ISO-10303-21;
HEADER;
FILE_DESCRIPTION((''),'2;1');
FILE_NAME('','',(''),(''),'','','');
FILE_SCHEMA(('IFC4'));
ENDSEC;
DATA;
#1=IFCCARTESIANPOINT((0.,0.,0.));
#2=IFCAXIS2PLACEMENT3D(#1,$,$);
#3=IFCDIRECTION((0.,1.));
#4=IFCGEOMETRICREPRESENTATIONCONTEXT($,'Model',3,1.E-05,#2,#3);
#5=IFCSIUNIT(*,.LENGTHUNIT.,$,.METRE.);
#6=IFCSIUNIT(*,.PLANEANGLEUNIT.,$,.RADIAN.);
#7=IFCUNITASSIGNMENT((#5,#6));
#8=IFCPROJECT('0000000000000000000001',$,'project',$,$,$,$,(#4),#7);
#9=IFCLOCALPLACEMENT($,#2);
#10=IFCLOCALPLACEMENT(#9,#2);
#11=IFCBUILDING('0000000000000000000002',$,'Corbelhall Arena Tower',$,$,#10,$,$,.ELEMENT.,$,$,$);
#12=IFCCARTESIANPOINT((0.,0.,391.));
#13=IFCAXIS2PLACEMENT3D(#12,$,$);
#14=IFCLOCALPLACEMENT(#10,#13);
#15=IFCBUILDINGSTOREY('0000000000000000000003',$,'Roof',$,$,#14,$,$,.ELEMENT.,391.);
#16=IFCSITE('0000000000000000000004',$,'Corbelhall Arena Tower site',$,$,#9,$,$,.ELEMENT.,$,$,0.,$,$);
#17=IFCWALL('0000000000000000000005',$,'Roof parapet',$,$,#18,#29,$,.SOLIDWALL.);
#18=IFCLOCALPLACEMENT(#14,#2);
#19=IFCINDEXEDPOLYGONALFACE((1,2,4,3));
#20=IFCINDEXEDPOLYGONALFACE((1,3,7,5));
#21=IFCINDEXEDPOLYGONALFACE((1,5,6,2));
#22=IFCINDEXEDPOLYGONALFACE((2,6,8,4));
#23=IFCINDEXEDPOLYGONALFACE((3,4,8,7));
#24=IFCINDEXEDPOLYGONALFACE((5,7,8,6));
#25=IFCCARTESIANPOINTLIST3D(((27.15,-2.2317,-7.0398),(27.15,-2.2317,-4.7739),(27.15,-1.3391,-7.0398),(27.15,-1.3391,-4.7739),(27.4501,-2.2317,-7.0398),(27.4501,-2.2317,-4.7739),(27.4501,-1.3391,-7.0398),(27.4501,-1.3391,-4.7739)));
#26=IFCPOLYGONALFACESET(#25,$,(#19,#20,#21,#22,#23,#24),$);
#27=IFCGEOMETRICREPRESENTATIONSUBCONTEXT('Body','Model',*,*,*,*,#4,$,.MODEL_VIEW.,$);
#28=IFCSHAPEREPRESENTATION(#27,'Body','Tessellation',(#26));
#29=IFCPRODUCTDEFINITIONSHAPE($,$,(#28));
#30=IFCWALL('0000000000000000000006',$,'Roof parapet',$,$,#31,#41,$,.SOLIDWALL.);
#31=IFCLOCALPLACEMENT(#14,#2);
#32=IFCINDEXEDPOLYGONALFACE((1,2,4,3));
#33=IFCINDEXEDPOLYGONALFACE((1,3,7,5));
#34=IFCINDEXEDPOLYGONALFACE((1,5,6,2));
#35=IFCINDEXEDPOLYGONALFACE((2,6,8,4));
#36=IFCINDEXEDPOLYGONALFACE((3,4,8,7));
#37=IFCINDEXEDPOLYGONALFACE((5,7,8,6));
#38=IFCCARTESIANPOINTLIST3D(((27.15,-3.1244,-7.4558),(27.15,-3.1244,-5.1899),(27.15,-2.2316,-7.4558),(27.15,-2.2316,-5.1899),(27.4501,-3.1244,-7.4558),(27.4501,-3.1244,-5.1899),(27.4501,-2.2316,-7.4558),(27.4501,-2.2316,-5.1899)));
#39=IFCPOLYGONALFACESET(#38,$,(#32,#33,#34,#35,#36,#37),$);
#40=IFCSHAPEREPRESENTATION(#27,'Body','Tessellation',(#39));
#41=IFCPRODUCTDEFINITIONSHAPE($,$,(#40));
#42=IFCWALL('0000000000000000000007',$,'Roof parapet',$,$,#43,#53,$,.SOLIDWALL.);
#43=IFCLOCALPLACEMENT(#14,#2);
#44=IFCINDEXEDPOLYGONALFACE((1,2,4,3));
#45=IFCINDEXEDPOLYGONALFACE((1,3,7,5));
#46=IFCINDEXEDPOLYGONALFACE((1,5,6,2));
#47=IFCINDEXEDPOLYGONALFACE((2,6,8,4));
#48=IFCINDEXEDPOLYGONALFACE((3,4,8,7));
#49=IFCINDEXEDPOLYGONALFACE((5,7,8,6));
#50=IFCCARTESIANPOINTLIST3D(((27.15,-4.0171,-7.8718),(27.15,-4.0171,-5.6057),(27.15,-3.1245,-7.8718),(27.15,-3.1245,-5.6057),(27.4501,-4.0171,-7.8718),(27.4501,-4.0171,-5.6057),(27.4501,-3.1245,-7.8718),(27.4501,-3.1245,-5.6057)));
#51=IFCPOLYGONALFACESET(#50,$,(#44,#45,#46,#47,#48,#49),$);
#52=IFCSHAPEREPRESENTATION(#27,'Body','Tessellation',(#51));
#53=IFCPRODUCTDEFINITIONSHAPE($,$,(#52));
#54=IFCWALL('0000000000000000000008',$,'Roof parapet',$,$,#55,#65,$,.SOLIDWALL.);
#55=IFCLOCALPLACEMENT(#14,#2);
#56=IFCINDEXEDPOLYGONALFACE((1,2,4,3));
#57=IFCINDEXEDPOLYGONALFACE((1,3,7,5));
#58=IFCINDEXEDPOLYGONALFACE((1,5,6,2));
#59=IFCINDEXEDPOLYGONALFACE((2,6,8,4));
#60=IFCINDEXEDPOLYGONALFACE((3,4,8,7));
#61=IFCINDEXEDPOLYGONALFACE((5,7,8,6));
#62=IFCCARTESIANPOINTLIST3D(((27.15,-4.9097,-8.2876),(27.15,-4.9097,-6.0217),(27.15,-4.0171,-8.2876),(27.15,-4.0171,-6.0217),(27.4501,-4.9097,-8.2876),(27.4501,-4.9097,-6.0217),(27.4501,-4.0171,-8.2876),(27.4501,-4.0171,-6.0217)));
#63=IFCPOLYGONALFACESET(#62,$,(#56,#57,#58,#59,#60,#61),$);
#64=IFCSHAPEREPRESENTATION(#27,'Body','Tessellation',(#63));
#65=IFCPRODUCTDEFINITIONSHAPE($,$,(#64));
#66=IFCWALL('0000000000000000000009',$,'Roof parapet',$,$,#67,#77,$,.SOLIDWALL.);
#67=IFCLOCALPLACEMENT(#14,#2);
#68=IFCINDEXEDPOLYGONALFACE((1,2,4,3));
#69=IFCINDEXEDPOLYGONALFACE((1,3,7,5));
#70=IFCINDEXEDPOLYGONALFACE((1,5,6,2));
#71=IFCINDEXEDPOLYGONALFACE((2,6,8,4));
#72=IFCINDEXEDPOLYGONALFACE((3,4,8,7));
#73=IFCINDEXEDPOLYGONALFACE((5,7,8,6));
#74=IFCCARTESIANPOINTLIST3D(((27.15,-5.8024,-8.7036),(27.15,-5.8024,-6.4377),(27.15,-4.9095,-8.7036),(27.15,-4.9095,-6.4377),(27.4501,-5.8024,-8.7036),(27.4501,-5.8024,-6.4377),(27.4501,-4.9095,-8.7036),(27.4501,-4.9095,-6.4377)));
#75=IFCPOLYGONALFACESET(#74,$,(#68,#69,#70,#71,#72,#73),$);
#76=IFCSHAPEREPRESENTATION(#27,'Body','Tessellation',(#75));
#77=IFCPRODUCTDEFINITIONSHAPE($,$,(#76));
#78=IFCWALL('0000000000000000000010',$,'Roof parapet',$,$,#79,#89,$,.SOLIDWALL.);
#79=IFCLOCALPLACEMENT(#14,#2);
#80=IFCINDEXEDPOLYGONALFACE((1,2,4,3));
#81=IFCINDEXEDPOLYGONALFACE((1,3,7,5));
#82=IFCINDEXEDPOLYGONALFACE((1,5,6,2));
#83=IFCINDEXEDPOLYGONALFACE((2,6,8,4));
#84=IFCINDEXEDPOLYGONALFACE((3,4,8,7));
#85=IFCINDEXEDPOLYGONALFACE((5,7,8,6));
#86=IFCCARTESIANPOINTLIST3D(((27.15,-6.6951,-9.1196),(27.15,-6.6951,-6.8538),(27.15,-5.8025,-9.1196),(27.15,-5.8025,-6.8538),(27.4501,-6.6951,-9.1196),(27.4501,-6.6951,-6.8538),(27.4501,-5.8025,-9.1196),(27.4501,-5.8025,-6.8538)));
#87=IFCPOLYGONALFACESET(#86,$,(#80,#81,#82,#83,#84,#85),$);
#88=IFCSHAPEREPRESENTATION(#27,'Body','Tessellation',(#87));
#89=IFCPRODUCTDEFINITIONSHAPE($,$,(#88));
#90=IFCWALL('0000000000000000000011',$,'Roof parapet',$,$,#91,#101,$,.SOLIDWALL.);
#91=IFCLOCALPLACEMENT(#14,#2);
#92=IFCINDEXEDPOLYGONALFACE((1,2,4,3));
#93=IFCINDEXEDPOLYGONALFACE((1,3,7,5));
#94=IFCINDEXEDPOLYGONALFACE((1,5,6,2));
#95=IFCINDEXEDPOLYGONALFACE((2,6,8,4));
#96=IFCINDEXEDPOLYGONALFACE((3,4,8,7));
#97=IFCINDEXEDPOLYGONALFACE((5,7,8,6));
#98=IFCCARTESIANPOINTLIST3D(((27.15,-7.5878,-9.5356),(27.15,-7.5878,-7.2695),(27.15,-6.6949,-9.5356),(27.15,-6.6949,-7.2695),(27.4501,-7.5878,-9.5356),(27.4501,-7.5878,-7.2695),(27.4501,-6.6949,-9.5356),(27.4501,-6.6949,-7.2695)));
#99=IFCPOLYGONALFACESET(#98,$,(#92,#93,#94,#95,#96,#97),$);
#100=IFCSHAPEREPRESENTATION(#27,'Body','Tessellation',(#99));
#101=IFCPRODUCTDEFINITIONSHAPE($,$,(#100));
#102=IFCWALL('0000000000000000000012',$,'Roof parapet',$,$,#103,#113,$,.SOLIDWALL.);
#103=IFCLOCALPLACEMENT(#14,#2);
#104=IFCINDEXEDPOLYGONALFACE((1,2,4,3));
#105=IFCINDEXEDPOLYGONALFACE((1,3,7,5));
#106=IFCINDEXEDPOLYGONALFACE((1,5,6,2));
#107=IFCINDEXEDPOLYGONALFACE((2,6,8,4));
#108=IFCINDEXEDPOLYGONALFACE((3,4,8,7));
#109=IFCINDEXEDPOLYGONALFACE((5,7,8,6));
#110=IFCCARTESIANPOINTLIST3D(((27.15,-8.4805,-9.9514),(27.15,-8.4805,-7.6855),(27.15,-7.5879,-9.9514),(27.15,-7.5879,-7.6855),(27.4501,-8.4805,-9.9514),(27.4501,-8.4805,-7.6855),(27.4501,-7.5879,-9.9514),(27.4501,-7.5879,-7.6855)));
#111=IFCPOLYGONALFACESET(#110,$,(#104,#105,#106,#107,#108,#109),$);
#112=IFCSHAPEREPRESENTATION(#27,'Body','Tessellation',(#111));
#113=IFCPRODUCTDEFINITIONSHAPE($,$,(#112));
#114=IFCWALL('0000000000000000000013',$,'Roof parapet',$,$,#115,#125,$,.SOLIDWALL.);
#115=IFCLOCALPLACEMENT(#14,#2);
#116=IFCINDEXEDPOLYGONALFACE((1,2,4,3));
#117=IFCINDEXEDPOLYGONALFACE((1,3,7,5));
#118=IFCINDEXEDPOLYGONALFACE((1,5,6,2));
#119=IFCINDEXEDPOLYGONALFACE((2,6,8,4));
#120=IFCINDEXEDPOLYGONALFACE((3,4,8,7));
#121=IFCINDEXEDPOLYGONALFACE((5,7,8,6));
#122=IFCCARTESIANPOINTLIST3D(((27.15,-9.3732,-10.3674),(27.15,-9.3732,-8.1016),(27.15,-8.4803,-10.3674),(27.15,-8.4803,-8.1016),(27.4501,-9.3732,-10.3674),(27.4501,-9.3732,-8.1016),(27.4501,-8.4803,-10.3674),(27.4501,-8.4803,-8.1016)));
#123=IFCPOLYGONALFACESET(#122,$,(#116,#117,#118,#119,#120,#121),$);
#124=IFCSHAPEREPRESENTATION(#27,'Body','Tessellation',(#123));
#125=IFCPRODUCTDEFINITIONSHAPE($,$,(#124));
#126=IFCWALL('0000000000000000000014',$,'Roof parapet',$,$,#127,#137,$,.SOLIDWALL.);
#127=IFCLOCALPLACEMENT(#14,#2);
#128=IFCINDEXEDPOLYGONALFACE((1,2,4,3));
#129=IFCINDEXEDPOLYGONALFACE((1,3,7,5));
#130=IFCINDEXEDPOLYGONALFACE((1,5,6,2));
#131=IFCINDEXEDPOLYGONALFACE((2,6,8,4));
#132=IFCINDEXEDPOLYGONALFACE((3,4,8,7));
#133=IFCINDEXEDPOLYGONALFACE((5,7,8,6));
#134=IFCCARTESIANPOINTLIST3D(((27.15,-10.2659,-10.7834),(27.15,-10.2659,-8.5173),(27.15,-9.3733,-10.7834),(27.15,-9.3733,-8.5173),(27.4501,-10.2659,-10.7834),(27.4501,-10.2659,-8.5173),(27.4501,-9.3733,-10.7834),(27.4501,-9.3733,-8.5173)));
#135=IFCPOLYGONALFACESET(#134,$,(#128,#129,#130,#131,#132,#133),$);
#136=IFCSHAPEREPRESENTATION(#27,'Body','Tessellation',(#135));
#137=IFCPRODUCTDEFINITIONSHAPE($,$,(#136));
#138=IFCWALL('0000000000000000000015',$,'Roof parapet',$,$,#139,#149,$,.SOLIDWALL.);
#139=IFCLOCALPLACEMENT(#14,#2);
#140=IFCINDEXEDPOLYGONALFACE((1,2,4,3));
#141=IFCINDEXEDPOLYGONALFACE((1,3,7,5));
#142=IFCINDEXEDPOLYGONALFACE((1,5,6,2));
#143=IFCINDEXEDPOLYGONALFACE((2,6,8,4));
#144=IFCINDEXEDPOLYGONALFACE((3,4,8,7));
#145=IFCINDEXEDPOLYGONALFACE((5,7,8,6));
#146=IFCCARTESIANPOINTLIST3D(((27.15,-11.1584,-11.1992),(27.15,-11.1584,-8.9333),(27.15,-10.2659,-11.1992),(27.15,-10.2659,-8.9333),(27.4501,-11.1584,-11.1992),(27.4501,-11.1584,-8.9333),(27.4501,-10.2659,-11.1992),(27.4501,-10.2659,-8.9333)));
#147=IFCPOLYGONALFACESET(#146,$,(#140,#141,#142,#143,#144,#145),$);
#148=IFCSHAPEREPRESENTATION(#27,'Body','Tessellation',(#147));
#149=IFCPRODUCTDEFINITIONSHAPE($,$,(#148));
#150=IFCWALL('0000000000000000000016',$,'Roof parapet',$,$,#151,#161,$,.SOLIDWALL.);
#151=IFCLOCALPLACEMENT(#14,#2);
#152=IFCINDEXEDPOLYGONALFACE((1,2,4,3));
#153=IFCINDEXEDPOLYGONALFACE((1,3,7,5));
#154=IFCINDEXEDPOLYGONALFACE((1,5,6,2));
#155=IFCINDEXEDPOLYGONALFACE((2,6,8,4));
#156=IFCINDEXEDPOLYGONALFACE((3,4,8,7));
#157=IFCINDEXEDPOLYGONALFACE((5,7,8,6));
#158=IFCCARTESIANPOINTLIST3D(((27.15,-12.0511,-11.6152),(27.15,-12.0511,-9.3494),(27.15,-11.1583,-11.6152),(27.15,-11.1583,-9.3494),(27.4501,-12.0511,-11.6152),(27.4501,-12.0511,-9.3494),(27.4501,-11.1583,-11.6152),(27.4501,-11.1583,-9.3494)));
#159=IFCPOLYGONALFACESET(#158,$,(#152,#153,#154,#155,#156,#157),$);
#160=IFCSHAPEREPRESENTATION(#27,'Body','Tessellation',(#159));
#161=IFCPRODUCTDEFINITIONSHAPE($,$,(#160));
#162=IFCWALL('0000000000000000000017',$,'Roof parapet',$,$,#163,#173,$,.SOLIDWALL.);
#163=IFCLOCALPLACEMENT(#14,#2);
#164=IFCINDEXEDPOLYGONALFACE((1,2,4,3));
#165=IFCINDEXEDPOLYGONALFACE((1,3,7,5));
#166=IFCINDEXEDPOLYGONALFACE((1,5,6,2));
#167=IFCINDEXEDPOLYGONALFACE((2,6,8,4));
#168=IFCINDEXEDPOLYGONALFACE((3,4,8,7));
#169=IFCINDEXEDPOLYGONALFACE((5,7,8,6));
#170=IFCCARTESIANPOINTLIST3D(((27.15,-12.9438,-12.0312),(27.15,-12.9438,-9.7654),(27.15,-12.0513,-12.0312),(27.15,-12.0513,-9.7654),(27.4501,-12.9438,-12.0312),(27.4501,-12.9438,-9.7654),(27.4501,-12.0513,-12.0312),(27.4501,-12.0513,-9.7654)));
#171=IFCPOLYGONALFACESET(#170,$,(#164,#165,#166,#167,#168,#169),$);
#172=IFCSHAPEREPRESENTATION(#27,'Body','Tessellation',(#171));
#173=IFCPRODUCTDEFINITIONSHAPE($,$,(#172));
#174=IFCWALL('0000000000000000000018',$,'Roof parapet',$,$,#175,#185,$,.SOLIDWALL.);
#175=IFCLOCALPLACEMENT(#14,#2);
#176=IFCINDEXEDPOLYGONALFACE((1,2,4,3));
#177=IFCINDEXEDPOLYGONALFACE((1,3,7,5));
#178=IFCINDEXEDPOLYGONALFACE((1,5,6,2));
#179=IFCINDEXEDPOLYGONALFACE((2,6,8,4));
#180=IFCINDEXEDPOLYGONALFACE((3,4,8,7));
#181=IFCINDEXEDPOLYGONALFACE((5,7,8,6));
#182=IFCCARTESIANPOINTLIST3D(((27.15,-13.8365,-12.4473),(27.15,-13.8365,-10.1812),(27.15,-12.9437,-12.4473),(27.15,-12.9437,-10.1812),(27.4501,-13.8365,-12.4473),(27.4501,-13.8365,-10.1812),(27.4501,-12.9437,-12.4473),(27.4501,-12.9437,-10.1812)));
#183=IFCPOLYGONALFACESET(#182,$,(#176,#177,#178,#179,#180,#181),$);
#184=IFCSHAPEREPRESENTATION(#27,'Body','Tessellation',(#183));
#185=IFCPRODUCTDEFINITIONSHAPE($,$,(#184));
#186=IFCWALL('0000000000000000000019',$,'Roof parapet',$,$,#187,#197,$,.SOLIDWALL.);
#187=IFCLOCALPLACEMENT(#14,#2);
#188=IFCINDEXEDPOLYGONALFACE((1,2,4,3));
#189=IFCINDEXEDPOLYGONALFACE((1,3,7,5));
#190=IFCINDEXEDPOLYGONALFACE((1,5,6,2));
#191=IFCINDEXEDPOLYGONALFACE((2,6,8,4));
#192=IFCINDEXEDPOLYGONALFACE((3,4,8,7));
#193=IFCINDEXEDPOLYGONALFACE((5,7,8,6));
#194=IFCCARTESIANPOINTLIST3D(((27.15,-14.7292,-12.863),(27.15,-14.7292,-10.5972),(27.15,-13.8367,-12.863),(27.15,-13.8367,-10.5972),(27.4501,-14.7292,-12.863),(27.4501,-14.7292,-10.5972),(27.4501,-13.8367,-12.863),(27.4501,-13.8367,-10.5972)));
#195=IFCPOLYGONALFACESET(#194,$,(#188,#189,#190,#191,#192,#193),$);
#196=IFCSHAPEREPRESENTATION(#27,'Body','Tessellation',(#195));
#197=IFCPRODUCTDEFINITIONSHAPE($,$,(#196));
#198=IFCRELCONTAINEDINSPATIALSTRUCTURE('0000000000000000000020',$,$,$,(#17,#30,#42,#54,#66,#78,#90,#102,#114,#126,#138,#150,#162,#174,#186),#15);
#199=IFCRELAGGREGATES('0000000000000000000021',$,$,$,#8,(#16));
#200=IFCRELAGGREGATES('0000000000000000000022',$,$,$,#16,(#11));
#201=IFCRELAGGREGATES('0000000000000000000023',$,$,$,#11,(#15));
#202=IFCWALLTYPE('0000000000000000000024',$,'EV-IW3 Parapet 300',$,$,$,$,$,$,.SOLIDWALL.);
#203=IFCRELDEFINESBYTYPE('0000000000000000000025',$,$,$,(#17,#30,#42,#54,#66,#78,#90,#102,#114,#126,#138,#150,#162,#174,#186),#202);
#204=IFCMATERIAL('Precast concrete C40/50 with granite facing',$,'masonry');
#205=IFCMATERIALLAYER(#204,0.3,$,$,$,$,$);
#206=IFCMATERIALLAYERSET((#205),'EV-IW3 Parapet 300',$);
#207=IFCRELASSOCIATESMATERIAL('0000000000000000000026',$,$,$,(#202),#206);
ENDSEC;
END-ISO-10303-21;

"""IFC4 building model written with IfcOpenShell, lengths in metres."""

from ifc_helpers import new_model, si_unit, direction, frame, frame_2d, origin, place, context, subcontext, project, spatial, rectangle, extrude, material, layer, layer_set, type_object, element, save


model = new_model("IFC4")

# Units and contexts
model_context = context("Model", 3, precision=1e-05, world=origin(), true_north=direction((0.0, 1.0)))
body_context = subcontext(model_context, "Body", "Model", "MODEL_VIEW")
ifc_project = project(units=[si_unit("LENGTHUNIT", "METRE"), si_unit("PLANEANGLEUNIT", "RADIAN")], contexts=[model_context])

# Site, building, storey
site_placement = place(None, origin())
site = spatial("IfcSite", under=ifc_project, at=site_placement, Name="Corbelhall Arena Tower site", CompositionType="ELEMENT", RefElevation=0.0)
building_placement = place(site_placement, origin())
building = spatial("IfcBuilding", under=site, at=building_placement, Name="Corbelhall Arena Tower", CompositionType="ELEMENT")
storey_placement = place(building_placement, frame((0.0, 0.0, 391.0)))
storey = spatial("IfcBuildingStorey", under=building, at=storey_placement, Name="Roof", CompositionType="ELEMENT", Elevation=391.0)

# Walls
ifc_material_1 = material(Name="Precast concrete C40/50 with granite facing", Category="masonry")
ifc_layer_1 = layer(ifc_material_1, 0.3)
ifc_layer_set_1 = layer_set([ifc_layer_1], Name="EV-IW3 Parapet 300")
wall_type = type_object("IfcWallType", Name="EV-IW3 Parapet 300", PredefinedType="SOLIDWALL", material=ifc_layer_set_1)
wall_1_placement = place(storey_placement, frame((27.3, -1.3391, -7.0398), z_axis=(0.0, 0.0, 1.0), x_axis=(0.0, -1.0, 0.0)))
element("IfcWall", 1, at=wall_1_placement, inside=storey, type_object=wall_type, Name="Roof parapet", PredefinedType="SOLIDWALL", context=body_context, shape_type="SweptSolid", body=[
    extrude(rectangle(XDim=0.8926, YDim=0.3, at=frame_2d((0.4463, 0.0))), origin(), (0.0, 0.0, 1.0), 2.2659),
])
wall_2_placement = place(storey_placement, frame((27.3, -2.2317, -7.4558), z_axis=(0.0, 0.0, 1.0), x_axis=(0.0, -1.0, 0.0)))
element("IfcWall", 2, at=wall_2_placement, inside=storey, type_object=wall_type, Name="Roof parapet", PredefinedType="SOLIDWALL", context=body_context, shape_type="SweptSolid", body=[
    extrude(rectangle(XDim=0.8928, YDim=0.3, at=frame_2d((0.4463, 0.0))), origin(), (0.0, 0.0, 1.0), 2.2659),
])
wall_3_placement = place(storey_placement, frame((27.3, -3.1245, -7.8718), z_axis=(0.0, 0.0, 1.0), x_axis=(0.0, -1.0, 0.0)))
element("IfcWall", 3, at=wall_3_placement, inside=storey, type_object=wall_type, Name="Roof parapet", PredefinedType="SOLIDWALL", context=body_context, shape_type="SweptSolid", body=[
    extrude(rectangle(XDim=0.8926, YDim=0.3, at=frame_2d((0.4463, 0.0))), origin(), (0.0, 0.0, 1.0), 2.2661),
])
wall_4_placement = place(storey_placement, frame((27.3, -4.0171, -8.2876), z_axis=(0.0, 0.0, 1.0), x_axis=(0.0, -1.0, 0.0)))
element("IfcWall", 4, at=wall_4_placement, inside=storey, type_object=wall_type, Name="Roof parapet", PredefinedType="SOLIDWALL", context=body_context, shape_type="SweptSolid", body=[
    extrude(rectangle(XDim=0.8926, YDim=0.3, at=frame_2d((0.4463, 0.0))), origin(), (0.0, 0.0, 1.0), 2.2659),
])
wall_5_placement = place(storey_placement, frame((27.3, -4.9097, -8.7036), z_axis=(0.0, 0.0, 1.0), x_axis=(0.0, -1.0, 0.0)))
element("IfcWall", 5, at=wall_5_placement, inside=storey, type_object=wall_type, Name="Roof parapet", PredefinedType="SOLIDWALL", context=body_context, shape_type="SweptSolid", body=[
    extrude(rectangle(XDim=0.8928, YDim=0.3, at=frame_2d((0.4463, 0.0))), origin(), (0.0, 0.0, 1.0), 2.2659),
])
wall_6_placement = place(storey_placement, frame((27.3, -5.8025, -9.1196), z_axis=(0.0, 0.0, 1.0), x_axis=(0.0, -1.0, 0.0)))
element("IfcWall", 6, at=wall_6_placement, inside=storey, type_object=wall_type, Name="Roof parapet", PredefinedType="SOLIDWALL", context=body_context, shape_type="SweptSolid", body=[
    extrude(rectangle(XDim=0.8926, YDim=0.3, at=frame_2d((0.4463, 0.0))), origin(), (0.0, 0.0, 1.0), 2.2659),
])
wall_7_placement = place(storey_placement, frame((27.3, -6.6951, -9.5356), z_axis=(0.0, 0.0, 1.0), x_axis=(0.0, -1.0, 0.0)))
element("IfcWall", 7, at=wall_7_placement, inside=storey, type_object=wall_type, Name="Roof parapet", PredefinedType="SOLIDWALL", context=body_context, shape_type="SweptSolid", body=[
    extrude(rectangle(XDim=0.8928, YDim=0.3, at=frame_2d((0.4463, 0.0))), origin(), (0.0, 0.0, 1.0), 2.2661),
])
wall_8_placement = place(storey_placement, frame((27.3, -7.5879, -9.9514), z_axis=(0.0, 0.0, 1.0), x_axis=(0.0, -1.0, 0.0)))
element("IfcWall", 8, at=wall_8_placement, inside=storey, type_object=wall_type, Name="Roof parapet", PredefinedType="SOLIDWALL", context=body_context, shape_type="SweptSolid", body=[
    extrude(rectangle(XDim=0.8926, YDim=0.3, at=frame_2d((0.4463, 0.0))), origin(), (0.0, 0.0, 1.0), 2.2659),
])
wall_9_placement = place(storey_placement, frame((27.3, -8.4805, -10.3674), z_axis=(0.0, 0.0, 1.0), x_axis=(0.0, -1.0, 0.0)))
element("IfcWall", 9, at=wall_9_placement, inside=storey, type_object=wall_type, Name="Roof parapet", PredefinedType="SOLIDWALL", context=body_context, shape_type="SweptSolid", body=[
    extrude(rectangle(XDim=0.8928, YDim=0.3, at=frame_2d((0.4463, 0.0))), origin(), (0.0, 0.0, 1.0), 2.2659),
])
wall_10_placement = place(storey_placement, frame((27.3, -9.3733, -10.7834), z_axis=(0.0, 0.0, 1.0), x_axis=(0.0, -1.0, 0.0)))
element("IfcWall", 10, at=wall_10_placement, inside=storey, type_object=wall_type, Name="Roof parapet", PredefinedType="SOLIDWALL", context=body_context, shape_type="SweptSolid", body=[
    extrude(rectangle(XDim=0.8926, YDim=0.3, at=frame_2d((0.4463, 0.0))), origin(), (0.0, 0.0, 1.0), 2.2661),
])
wall_11_placement = place(storey_placement, frame((27.3, -10.2659, -11.1992), z_axis=(0.0, 0.0, 1.0), x_axis=(0.0, -1.0, 0.0)))
element("IfcWall", 11, at=wall_11_placement, inside=storey, type_object=wall_type, Name="Roof parapet", PredefinedType="SOLIDWALL", context=body_context, shape_type="SweptSolid", body=[
    extrude(rectangle(XDim=0.8926, YDim=0.3, at=frame_2d((0.4463, 0.0))), origin(), (0.0, 0.0, 1.0), 2.2659),
])
wall_12_placement = place(storey_placement, frame((27.3, -11.1584, -11.6152), z_axis=(0.0, 0.0, 1.0), x_axis=(0.0, -1.0, 0.0)))
element("IfcWall", 12, at=wall_12_placement, inside=storey, type_object=wall_type, Name="Roof parapet", PredefinedType="SOLIDWALL", context=body_context, shape_type="SweptSolid", body=[
    extrude(rectangle(XDim=0.8928, YDim=0.3, at=frame_2d((0.4463, 0.0))), origin(), (0.0, 0.0, 1.0), 2.2659),
])
wall_13_placement = place(storey_placement, frame((27.3, -12.0513, -12.0312), z_axis=(0.0, 0.0, 1.0), x_axis=(0.0, -1.0, 0.0)))
element("IfcWall", 13, at=wall_13_placement, inside=storey, type_object=wall_type, Name="Roof parapet", PredefinedType="SOLIDWALL", context=body_context, shape_type="SweptSolid", body=[
    extrude(rectangle(XDim=0.8926, YDim=0.3, at=frame_2d((0.4463, 0.0))), origin(), (0.0, 0.0, 1.0), 2.2659),
])
wall_14_placement = place(storey_placement, frame((27.3, -12.9438, -12.4473), z_axis=(0.0, 0.0, 1.0), x_axis=(0.0, -1.0, 0.0)))
element("IfcWall", 14, at=wall_14_placement, inside=storey, type_object=wall_type, Name="Roof parapet", PredefinedType="SOLIDWALL", context=body_context, shape_type="SweptSolid", body=[
    extrude(rectangle(XDim=0.8928, YDim=0.3, at=frame_2d((0.4463, 0.0))), origin(), (0.0, 0.0, 1.0), 2.2661),
])
wall_15_placement = place(storey_placement, frame((27.3, -13.8367, -12.863), z_axis=(0.0, 0.0, 1.0), x_axis=(0.0, -1.0, 0.0)))
element("IfcWall", 15, at=wall_15_placement, inside=storey, type_object=wall_type, Name="Roof parapet", PredefinedType="SOLIDWALL", context=body_context, shape_type="SweptSolid", body=[
    extrude(rectangle(XDim=0.8926, YDim=0.3, at=frame_2d((0.4463, 0.0))), origin(), (0.0, 0.0, 1.0), 2.2659),
])

save(model, "model.ifc")
